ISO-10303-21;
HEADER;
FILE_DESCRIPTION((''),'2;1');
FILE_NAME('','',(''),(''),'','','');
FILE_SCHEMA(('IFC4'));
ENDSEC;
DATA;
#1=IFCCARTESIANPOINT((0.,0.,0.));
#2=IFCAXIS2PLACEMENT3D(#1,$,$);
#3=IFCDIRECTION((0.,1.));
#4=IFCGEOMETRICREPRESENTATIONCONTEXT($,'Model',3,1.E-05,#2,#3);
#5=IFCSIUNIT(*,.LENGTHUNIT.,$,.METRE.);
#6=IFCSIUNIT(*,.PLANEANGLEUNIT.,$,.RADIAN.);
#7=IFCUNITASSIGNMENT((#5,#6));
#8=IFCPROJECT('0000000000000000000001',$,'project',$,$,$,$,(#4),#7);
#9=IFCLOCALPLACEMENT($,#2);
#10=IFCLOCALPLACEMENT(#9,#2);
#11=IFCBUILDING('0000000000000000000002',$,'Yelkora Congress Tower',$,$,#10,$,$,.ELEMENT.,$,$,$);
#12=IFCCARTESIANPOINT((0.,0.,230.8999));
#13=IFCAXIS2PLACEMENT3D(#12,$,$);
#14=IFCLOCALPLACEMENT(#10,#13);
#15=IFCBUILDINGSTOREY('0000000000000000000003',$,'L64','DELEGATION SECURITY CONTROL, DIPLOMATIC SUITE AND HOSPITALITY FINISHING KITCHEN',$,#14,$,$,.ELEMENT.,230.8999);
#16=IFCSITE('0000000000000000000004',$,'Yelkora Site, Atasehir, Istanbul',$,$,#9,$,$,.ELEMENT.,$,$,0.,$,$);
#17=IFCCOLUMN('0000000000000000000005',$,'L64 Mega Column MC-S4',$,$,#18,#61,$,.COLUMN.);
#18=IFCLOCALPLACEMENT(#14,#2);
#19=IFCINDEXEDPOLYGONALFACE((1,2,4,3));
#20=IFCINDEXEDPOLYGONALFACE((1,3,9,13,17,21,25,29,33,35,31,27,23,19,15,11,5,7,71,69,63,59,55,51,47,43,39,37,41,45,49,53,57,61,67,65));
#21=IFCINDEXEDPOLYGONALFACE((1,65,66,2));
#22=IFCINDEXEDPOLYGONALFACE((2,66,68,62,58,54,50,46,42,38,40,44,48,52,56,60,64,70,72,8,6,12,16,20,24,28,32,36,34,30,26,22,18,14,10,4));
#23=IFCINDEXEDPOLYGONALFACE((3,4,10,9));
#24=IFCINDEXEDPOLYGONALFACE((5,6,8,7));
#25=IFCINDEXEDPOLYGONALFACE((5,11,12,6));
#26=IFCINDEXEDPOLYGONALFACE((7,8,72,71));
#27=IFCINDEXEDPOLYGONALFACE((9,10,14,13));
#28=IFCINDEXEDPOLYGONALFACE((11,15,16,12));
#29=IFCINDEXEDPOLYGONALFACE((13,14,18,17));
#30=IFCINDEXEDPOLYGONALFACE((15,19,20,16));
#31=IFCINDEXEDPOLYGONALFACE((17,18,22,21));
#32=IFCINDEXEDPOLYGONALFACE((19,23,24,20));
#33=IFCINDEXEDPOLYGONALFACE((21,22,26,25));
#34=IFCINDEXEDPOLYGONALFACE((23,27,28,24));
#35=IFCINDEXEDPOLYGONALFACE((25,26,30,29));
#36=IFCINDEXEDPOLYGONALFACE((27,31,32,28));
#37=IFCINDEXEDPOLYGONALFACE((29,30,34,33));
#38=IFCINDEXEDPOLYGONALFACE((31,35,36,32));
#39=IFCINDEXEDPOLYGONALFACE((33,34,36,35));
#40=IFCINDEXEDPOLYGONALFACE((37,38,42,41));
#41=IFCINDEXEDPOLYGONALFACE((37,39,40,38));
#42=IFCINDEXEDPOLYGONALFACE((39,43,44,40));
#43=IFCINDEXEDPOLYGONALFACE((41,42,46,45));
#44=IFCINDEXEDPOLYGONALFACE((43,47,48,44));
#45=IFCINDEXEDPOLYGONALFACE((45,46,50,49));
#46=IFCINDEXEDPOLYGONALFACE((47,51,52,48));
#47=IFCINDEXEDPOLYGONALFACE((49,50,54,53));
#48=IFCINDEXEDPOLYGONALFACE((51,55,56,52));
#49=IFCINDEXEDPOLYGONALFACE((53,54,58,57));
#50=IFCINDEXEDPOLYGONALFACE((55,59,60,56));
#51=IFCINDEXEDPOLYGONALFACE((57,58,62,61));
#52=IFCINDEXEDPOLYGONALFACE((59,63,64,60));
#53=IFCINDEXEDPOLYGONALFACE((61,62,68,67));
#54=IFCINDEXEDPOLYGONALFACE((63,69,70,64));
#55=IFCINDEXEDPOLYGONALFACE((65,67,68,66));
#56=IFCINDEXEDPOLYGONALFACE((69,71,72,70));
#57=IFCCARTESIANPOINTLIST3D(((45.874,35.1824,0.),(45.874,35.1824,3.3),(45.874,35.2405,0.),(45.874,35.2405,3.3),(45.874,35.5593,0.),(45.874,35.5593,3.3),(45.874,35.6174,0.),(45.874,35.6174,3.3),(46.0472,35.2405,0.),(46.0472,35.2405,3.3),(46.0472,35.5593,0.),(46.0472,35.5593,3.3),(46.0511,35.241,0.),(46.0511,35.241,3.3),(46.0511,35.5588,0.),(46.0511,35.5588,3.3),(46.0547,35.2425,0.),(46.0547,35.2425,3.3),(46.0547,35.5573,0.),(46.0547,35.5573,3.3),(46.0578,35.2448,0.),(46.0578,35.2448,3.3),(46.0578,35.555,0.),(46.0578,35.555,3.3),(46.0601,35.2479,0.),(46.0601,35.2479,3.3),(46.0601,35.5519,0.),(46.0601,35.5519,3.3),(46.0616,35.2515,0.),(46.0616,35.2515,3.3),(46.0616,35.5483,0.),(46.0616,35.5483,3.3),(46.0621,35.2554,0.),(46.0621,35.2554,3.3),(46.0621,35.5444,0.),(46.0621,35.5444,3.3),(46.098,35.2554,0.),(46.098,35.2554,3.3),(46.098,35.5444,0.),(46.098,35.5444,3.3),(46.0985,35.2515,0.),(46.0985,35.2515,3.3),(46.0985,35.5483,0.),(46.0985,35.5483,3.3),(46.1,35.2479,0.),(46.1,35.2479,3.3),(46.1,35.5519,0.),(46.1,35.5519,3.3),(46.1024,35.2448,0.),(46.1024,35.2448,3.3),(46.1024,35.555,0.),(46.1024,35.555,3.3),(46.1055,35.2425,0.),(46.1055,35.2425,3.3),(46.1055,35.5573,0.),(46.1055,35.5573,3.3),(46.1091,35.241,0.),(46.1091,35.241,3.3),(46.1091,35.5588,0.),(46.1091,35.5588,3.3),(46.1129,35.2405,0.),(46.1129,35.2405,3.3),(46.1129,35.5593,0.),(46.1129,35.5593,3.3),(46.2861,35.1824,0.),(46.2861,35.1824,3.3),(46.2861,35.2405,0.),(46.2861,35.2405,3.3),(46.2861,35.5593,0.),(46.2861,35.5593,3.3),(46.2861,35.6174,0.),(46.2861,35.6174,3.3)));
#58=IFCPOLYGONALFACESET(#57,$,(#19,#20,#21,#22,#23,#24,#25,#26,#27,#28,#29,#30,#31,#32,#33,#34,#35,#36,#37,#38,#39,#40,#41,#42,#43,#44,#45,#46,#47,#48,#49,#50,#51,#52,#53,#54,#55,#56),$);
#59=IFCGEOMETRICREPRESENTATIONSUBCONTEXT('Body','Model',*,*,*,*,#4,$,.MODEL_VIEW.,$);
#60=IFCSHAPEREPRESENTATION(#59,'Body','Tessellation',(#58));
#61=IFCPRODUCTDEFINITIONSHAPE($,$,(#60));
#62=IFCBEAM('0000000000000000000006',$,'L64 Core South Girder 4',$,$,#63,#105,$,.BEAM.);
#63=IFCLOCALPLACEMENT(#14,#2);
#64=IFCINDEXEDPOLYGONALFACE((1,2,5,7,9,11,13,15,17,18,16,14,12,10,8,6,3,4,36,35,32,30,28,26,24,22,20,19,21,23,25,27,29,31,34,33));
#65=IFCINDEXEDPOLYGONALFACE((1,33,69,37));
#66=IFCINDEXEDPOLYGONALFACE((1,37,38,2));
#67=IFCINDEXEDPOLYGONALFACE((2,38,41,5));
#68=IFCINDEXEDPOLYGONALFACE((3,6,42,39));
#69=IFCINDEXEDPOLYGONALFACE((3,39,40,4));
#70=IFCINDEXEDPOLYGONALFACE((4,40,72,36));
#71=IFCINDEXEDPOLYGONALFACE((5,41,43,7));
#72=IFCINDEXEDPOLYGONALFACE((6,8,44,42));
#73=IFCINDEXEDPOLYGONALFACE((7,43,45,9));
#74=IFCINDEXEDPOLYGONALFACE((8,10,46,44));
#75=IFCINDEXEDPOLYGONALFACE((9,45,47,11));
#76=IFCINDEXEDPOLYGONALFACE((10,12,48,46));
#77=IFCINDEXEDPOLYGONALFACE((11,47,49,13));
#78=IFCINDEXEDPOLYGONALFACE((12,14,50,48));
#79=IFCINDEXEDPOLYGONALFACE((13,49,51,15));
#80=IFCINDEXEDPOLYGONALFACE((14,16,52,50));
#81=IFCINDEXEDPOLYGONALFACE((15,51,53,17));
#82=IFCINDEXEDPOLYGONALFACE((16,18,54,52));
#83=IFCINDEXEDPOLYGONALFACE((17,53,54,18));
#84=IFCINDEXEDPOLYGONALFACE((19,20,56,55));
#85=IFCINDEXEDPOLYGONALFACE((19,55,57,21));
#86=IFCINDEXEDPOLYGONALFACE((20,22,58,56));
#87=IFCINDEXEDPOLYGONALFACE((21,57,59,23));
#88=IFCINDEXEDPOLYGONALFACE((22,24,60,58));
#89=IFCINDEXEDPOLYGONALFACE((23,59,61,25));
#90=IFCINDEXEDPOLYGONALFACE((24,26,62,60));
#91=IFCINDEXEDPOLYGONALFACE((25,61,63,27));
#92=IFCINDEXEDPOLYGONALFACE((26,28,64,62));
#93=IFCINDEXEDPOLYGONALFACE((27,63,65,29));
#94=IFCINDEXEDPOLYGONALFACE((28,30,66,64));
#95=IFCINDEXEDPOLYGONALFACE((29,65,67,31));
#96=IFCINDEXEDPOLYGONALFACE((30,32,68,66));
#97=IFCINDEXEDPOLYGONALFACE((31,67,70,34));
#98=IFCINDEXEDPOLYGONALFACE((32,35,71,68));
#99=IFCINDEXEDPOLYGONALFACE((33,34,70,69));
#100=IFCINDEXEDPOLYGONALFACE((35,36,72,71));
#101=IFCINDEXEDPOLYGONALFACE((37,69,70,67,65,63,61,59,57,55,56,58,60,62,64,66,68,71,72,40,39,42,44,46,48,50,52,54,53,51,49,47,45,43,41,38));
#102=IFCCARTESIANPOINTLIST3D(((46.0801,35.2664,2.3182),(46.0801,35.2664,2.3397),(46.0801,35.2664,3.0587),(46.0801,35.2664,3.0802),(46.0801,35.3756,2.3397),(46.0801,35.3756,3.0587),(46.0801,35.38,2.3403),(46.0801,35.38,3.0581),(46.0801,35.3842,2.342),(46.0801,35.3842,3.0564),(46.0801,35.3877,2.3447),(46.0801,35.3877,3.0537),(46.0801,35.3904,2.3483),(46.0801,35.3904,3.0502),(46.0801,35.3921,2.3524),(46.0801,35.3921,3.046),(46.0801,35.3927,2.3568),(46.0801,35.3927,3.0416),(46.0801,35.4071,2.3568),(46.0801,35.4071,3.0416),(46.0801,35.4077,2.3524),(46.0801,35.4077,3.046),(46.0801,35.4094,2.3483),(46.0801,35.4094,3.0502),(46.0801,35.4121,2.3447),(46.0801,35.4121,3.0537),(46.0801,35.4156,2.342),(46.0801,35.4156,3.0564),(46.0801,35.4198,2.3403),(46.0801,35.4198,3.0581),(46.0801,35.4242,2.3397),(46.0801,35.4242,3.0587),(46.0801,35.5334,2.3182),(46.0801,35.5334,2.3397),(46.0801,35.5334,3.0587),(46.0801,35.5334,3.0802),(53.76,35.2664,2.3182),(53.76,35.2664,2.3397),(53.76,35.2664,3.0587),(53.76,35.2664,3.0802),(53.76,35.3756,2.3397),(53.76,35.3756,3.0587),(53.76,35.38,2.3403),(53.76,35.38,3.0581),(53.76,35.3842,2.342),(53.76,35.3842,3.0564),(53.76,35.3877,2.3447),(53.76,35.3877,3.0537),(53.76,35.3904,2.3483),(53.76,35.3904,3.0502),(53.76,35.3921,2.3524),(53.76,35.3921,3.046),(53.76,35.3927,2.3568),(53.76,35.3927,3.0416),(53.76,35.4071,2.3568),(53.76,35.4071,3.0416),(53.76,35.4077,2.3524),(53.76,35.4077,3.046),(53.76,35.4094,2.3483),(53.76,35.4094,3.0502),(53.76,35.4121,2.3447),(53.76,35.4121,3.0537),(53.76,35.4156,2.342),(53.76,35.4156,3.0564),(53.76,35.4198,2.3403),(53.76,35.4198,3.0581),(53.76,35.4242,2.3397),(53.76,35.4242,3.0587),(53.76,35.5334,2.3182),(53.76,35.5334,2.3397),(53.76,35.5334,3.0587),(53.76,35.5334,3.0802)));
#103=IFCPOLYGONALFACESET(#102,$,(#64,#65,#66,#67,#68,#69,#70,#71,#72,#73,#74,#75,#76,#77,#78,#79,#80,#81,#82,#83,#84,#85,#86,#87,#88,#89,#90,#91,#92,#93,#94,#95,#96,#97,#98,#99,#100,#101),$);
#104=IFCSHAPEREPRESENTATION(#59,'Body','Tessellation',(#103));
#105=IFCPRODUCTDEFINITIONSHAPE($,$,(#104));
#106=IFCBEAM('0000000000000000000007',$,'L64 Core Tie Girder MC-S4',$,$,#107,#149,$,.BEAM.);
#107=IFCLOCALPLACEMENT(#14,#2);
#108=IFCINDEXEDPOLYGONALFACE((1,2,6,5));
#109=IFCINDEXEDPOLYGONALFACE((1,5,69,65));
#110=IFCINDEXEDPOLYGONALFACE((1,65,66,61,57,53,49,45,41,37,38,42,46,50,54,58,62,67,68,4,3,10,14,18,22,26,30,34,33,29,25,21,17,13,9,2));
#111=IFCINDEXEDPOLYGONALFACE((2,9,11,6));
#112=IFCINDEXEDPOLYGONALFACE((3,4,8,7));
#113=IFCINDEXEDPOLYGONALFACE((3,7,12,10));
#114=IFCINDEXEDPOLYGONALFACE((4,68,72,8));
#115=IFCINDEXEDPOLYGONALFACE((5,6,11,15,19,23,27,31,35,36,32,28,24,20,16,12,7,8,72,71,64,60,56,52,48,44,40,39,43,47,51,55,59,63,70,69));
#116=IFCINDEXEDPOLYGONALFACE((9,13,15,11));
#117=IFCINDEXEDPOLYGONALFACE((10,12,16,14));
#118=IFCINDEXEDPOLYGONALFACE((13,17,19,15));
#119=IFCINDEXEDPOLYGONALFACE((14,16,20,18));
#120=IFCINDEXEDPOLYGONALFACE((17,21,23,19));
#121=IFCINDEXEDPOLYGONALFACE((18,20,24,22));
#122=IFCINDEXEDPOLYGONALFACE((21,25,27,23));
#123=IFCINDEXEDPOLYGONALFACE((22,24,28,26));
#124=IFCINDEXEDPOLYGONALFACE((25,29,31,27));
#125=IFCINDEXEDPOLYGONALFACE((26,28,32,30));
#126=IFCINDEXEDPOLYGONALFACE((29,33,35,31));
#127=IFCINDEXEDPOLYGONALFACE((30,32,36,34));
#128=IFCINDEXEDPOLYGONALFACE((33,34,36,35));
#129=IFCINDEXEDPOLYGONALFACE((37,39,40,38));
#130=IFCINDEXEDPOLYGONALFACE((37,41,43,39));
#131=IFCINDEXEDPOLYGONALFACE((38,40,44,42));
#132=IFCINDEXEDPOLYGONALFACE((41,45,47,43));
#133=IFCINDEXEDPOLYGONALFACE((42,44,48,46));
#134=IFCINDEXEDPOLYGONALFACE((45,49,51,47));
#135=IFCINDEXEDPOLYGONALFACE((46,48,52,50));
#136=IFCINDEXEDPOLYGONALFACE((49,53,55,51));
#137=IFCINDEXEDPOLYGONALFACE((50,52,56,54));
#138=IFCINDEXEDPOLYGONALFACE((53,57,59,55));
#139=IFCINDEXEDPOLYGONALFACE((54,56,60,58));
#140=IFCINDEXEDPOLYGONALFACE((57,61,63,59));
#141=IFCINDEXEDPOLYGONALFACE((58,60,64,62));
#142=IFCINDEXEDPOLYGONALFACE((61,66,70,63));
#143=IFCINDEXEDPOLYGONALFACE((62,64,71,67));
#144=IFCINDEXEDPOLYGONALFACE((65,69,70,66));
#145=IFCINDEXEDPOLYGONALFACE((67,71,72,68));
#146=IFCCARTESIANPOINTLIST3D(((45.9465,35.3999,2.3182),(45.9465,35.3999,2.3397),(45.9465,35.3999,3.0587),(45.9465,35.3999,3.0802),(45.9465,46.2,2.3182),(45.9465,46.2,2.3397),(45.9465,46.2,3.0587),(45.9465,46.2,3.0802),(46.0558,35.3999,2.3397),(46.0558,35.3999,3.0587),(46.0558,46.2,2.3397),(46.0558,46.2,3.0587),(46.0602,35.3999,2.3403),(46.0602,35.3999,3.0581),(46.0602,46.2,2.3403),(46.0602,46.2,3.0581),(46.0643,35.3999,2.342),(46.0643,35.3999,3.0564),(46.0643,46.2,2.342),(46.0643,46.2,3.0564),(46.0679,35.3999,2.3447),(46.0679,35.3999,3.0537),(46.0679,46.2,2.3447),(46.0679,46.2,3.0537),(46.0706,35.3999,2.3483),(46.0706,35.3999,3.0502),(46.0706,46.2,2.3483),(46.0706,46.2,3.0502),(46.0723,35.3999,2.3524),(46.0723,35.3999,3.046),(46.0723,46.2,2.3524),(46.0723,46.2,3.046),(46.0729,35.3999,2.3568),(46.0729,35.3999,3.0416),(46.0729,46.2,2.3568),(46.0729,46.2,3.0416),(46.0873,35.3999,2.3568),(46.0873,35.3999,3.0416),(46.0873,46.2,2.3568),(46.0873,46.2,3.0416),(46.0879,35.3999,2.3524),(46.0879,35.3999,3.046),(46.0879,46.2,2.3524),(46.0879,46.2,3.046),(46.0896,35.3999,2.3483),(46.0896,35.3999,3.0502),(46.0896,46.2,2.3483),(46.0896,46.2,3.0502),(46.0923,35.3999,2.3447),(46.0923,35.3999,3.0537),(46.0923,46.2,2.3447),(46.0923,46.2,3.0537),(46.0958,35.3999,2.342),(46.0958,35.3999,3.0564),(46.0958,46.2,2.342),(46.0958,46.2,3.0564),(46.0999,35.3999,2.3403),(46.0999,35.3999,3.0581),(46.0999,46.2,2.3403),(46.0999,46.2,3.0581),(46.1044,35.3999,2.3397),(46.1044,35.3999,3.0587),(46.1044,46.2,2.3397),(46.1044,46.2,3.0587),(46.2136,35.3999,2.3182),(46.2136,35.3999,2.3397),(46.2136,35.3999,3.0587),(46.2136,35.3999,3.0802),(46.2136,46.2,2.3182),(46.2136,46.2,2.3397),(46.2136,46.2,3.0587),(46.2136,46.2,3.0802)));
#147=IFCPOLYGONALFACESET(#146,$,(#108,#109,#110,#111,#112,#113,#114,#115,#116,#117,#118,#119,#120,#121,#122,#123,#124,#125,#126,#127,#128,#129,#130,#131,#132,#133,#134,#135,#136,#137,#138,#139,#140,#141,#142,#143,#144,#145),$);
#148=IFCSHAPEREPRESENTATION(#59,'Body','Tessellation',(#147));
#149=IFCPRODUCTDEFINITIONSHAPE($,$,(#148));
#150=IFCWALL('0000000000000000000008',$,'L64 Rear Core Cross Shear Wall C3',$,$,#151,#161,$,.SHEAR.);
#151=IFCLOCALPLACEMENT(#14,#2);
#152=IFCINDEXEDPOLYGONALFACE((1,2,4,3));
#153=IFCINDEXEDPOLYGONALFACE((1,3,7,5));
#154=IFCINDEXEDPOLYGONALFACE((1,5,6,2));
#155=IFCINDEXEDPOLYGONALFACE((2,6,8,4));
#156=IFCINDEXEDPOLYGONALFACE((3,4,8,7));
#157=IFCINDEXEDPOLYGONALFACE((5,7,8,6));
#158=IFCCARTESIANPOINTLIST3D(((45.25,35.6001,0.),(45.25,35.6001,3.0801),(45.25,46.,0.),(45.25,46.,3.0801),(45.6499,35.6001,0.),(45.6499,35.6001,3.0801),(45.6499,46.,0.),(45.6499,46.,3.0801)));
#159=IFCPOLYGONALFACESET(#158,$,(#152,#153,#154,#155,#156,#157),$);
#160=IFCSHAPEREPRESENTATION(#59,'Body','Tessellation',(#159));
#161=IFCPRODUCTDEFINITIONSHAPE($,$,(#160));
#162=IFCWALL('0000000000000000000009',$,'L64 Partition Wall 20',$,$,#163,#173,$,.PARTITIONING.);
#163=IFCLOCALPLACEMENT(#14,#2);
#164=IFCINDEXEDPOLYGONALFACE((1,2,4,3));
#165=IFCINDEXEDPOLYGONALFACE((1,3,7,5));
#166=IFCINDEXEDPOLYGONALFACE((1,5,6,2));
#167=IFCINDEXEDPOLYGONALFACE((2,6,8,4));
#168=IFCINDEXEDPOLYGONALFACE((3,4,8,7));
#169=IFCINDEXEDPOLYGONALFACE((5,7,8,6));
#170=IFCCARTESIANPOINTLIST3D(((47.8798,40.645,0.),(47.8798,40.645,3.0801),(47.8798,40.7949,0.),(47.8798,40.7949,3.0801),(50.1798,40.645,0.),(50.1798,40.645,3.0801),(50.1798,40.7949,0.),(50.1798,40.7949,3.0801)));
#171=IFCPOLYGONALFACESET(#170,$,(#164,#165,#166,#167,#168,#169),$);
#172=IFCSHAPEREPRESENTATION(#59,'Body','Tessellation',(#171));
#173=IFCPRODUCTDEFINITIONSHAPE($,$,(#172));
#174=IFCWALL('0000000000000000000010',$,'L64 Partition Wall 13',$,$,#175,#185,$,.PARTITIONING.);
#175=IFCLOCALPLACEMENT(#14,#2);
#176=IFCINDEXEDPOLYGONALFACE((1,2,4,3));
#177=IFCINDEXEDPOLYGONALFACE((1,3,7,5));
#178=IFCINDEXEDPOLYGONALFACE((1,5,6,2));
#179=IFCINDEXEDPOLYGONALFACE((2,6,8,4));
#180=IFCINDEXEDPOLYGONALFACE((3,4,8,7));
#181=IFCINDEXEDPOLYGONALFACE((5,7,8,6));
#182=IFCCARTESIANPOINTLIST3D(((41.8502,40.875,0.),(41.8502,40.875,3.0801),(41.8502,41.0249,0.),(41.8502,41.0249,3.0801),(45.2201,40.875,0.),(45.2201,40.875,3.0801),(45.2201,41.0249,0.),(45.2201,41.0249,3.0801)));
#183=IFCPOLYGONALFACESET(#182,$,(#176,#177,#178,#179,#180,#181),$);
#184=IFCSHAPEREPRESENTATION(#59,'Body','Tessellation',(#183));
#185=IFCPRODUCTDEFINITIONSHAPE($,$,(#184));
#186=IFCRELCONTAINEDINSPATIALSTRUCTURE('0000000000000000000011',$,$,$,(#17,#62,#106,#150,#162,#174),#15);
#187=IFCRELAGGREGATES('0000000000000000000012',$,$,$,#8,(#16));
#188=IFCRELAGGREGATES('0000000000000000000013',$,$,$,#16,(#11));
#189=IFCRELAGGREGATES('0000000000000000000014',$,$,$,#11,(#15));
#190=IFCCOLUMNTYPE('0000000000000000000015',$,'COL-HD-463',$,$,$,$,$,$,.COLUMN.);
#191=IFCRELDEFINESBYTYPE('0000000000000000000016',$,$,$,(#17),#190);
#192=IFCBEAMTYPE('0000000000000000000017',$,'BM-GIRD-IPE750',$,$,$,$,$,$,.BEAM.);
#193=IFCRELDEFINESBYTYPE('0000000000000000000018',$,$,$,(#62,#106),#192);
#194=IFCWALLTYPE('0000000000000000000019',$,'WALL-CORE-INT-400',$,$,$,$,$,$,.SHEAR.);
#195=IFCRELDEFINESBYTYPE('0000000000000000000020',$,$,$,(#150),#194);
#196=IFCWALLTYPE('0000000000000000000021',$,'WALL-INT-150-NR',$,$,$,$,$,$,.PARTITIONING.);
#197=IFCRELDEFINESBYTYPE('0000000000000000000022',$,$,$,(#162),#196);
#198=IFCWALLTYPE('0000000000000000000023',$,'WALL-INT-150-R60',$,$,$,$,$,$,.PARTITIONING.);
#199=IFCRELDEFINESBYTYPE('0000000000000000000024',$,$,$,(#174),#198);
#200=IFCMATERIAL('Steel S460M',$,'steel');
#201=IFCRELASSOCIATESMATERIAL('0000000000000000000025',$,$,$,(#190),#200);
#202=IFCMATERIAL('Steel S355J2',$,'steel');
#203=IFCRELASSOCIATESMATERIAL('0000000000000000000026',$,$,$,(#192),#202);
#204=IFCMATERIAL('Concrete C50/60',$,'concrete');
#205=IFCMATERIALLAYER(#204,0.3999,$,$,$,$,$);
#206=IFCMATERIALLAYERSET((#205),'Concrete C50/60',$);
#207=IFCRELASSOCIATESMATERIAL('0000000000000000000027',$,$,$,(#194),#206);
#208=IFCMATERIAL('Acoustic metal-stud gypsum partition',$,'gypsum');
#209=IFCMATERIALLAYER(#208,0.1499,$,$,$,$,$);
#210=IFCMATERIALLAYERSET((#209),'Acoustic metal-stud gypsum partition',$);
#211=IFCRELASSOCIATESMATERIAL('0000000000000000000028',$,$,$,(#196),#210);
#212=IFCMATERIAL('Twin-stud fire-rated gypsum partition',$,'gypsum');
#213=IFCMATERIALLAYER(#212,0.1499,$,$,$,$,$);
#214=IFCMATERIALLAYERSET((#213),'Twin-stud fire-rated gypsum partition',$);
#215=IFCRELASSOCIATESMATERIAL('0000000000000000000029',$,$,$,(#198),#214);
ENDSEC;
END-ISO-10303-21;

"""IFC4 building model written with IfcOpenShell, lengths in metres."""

from ifc_helpers import new_model, si_unit, direction, frame, frame_2d, origin, origin_2d, place, context, subcontext, project, spatial, rectangle, i_section, extrude, material, layer, layer_set, material_profile, profile_set, type_object, element, save


model = new_model("IFC4")

# Units and contexts
model_context = context("Model", 3, precision=1e-05, world=origin(), true_north=direction((0.0, 1.0)))
body_context = subcontext(model_context, "Body", "Model", "MODEL_VIEW")
ifc_project = project(units=[si_unit("LENGTHUNIT", "METRE"), si_unit("PLANEANGLEUNIT", "RADIAN")], contexts=[model_context])

# Site, building, storey
site_placement = place(None, origin())
site = spatial("IfcSite", under=ifc_project, at=site_placement, Name="Yelkora Site, Atasehir, Istanbul", CompositionType="ELEMENT", RefElevation=0.0)
building_placement = place(site_placement, origin())
building = spatial("IfcBuilding", under=site, at=building_placement, Name="Yelkora Congress Tower", CompositionType="ELEMENT")
storey_placement = place(building_placement, frame((0.0, 0.0, 230.8999)))
storey = spatial("IfcBuildingStorey", under=building, at=storey_placement, Name="L64", Description="DELEGATION SECURITY CONTROL, DIPLOMATIC SUITE AND HOSPITALITY FINISHING KITCHEN", CompositionType="ELEMENT", Elevation=230.8999)

# Column
ifc_material_1 = material(Name="Steel S460M", Category="steel")
ifc_material_profile_1 = material_profile(ifc_material_1, i_section(OverallWidth=0.4121, OverallDepth=0.4351, WebThickness=0.0359, FlangeThickness=0.0581, FilletRadius=0.0149, at=origin_2d()), Name="HD 400x463")
ifc_profile_set_1 = profile_set([ifc_material_profile_1], Name="Steel S460M")
column_type = type_object("IfcColumnType", Name="COL-HD-463", PredefinedType="COLUMN", material=ifc_profile_set_1)
column_placement = place(storey_placement, frame((46.0801, 35.3999, 0.0), z_axis=(0.0, 0.0, 1.0), x_axis=(1.0, 0.0, 0.0)))
element("IfcColumn", 1, at=column_placement, inside=storey, type_object=column_type, Name="L64 Mega Column MC-S4", PredefinedType="COLUMN", context=body_context, shape_type="SweptSolid", body=[
    extrude(i_section(OverallWidth=0.4121, OverallDepth=0.4351, WebThickness=0.0359, FlangeThickness=0.0581, FilletRadius=0.0149, at=origin_2d()), origin(), (0.0, 0.0, 1.0), 3.3),
])

# Beams
ifc_material_2 = material(Name="Steel S355J2", Category="steel")
ifc_material_profile_2 = material_profile(ifc_material_2, i_section(OverallWidth=0.2671, OverallDepth=0.762, WebThickness=0.0144, FlangeThickness=0.0215, FilletRadius=0.0171, at=origin_2d()), Name="IPE 750x173")
ifc_profile_set_2 = profile_set([ifc_material_profile_2], Name="Steel S355J2")
beam_type = type_object("IfcBeamType", Name="BM-GIRD-IPE750", PredefinedType="BEAM", material=ifc_profile_set_2)
beam_1_placement = place(storey_placement, frame((46.0801, 35.3999, 2.6992), z_axis=(1.0, 0.0, 0.0), x_axis=(0.0, 1.0, 0.0)))
element("IfcBeam", 2, at=beam_1_placement, inside=storey, type_object=beam_type, Name="L64 Core South Girder 4", PredefinedType="BEAM", context=body_context, shape_type="SweptSolid", body=[
    extrude(i_section(OverallWidth=0.2671, OverallDepth=0.762, WebThickness=0.0144, FlangeThickness=0.0215, FilletRadius=0.0171, at=origin_2d()), origin(), (0.0, 0.0, 1.0), 7.6799),
])
beam_2_placement = place(storey_placement, frame((46.0801, 35.3999, 2.6992), z_axis=(0.0, 1.0, 0.0), x_axis=(-1.0, 0.0, 0.0)))
element("IfcBeam", 3, at=beam_2_placement, inside=storey, type_object=beam_type, Name="L64 Core Tie Girder MC-S4", PredefinedType="BEAM", context=body_context, shape_type="SweptSolid", body=[
    extrude(i_section(OverallWidth=0.2671, OverallDepth=0.762, WebThickness=0.0144, FlangeThickness=0.0215, FilletRadius=0.0171, at=origin_2d()), origin(), (0.0, 0.0, 1.0), 10.8),
])

# Shared definitions
ifc_material_3 = material(Name="Concrete C50/60", Category="concrete")
ifc_layer_1 = layer(ifc_material_3, 0.3999)
ifc_layer_set_1 = layer_set([ifc_layer_1], Name="Concrete C50/60")
wall_type_1 = type_object("IfcWallType", Name="WALL-CORE-INT-400", PredefinedType="SHEAR", material=ifc_layer_set_1)

# Walls
wall_1_placement = place(storey_placement, frame((45.45, 35.6001, 0.0), z_axis=(0.0, 0.0, 1.0), x_axis=(0.0, 1.0, 0.0)))
element("IfcWall", 4, at=wall_1_placement, inside=storey, type_object=wall_type_1, Name="L64 Rear Core Cross Shear Wall C3", PredefinedType="SHEAR", context=body_context, shape_type="SweptSolid", body=[
    extrude(rectangle(XDim=10.3999, YDim=0.3999, at=frame_2d((5.2, 0.0))), origin(), (0.0, 0.0, 1.0), 3.0801),
])
ifc_material_4 = material(Name="Acoustic metal-stud gypsum partition", Category="gypsum")
ifc_layer_2 = layer(ifc_material_4, 0.1499)
ifc_layer_set_2 = layer_set([ifc_layer_2], Name="Acoustic metal-stud gypsum partition")
wall_type_2 = type_object("IfcWallType", Name="WALL-INT-150-NR", PredefinedType="PARTITIONING", material=ifc_layer_set_2)
wall_2_placement = place(storey_placement, frame((47.8799, 40.72, 0.0), z_axis=(0.0, 0.0, 1.0), x_axis=(1.0, 0.0, 0.0)))
element("IfcWall", 5, at=wall_2_placement, inside=storey, type_object=wall_type_2, Name="L64 Partition Wall 20", PredefinedType="PARTITIONING", context=body_context, shape_type="SweptSolid", body=[
    extrude(rectangle(XDim=2.3, YDim=0.1499, at=frame_2d((1.1499, 0.0))), origin(), (0.0, 0.0, 1.0), 3.0801),
])

# Wall
ifc_material_5 = material(Name="Twin-stud fire-rated gypsum partition", Category="gypsum")
ifc_layer_3 = layer(ifc_material_5, 0.1499)
ifc_layer_set_3 = layer_set([ifc_layer_3], Name="Twin-stud fire-rated gypsum partition")
wall_type_3 = type_object("IfcWallType", Name="WALL-INT-150-R60", PredefinedType="PARTITIONING", material=ifc_layer_set_3)
wall_3_placement = place(storey_placement, frame((41.8501, 40.95, 0.0), z_axis=(0.0, 0.0, 1.0), x_axis=(1.0, 0.0, 0.0)))
element("IfcWall", 6, at=wall_3_placement, inside=storey, type_object=wall_type_3, Name="L64 Partition Wall 13", PredefinedType="PARTITIONING", context=body_context, shape_type="SweptSolid", body=[
    extrude(rectangle(XDim=3.3699, YDim=0.1499, at=frame_2d((1.6851, 0.0))), origin(), (0.0, 0.0, 1.0), 3.0801),
])

save(model, "model.ifc")
